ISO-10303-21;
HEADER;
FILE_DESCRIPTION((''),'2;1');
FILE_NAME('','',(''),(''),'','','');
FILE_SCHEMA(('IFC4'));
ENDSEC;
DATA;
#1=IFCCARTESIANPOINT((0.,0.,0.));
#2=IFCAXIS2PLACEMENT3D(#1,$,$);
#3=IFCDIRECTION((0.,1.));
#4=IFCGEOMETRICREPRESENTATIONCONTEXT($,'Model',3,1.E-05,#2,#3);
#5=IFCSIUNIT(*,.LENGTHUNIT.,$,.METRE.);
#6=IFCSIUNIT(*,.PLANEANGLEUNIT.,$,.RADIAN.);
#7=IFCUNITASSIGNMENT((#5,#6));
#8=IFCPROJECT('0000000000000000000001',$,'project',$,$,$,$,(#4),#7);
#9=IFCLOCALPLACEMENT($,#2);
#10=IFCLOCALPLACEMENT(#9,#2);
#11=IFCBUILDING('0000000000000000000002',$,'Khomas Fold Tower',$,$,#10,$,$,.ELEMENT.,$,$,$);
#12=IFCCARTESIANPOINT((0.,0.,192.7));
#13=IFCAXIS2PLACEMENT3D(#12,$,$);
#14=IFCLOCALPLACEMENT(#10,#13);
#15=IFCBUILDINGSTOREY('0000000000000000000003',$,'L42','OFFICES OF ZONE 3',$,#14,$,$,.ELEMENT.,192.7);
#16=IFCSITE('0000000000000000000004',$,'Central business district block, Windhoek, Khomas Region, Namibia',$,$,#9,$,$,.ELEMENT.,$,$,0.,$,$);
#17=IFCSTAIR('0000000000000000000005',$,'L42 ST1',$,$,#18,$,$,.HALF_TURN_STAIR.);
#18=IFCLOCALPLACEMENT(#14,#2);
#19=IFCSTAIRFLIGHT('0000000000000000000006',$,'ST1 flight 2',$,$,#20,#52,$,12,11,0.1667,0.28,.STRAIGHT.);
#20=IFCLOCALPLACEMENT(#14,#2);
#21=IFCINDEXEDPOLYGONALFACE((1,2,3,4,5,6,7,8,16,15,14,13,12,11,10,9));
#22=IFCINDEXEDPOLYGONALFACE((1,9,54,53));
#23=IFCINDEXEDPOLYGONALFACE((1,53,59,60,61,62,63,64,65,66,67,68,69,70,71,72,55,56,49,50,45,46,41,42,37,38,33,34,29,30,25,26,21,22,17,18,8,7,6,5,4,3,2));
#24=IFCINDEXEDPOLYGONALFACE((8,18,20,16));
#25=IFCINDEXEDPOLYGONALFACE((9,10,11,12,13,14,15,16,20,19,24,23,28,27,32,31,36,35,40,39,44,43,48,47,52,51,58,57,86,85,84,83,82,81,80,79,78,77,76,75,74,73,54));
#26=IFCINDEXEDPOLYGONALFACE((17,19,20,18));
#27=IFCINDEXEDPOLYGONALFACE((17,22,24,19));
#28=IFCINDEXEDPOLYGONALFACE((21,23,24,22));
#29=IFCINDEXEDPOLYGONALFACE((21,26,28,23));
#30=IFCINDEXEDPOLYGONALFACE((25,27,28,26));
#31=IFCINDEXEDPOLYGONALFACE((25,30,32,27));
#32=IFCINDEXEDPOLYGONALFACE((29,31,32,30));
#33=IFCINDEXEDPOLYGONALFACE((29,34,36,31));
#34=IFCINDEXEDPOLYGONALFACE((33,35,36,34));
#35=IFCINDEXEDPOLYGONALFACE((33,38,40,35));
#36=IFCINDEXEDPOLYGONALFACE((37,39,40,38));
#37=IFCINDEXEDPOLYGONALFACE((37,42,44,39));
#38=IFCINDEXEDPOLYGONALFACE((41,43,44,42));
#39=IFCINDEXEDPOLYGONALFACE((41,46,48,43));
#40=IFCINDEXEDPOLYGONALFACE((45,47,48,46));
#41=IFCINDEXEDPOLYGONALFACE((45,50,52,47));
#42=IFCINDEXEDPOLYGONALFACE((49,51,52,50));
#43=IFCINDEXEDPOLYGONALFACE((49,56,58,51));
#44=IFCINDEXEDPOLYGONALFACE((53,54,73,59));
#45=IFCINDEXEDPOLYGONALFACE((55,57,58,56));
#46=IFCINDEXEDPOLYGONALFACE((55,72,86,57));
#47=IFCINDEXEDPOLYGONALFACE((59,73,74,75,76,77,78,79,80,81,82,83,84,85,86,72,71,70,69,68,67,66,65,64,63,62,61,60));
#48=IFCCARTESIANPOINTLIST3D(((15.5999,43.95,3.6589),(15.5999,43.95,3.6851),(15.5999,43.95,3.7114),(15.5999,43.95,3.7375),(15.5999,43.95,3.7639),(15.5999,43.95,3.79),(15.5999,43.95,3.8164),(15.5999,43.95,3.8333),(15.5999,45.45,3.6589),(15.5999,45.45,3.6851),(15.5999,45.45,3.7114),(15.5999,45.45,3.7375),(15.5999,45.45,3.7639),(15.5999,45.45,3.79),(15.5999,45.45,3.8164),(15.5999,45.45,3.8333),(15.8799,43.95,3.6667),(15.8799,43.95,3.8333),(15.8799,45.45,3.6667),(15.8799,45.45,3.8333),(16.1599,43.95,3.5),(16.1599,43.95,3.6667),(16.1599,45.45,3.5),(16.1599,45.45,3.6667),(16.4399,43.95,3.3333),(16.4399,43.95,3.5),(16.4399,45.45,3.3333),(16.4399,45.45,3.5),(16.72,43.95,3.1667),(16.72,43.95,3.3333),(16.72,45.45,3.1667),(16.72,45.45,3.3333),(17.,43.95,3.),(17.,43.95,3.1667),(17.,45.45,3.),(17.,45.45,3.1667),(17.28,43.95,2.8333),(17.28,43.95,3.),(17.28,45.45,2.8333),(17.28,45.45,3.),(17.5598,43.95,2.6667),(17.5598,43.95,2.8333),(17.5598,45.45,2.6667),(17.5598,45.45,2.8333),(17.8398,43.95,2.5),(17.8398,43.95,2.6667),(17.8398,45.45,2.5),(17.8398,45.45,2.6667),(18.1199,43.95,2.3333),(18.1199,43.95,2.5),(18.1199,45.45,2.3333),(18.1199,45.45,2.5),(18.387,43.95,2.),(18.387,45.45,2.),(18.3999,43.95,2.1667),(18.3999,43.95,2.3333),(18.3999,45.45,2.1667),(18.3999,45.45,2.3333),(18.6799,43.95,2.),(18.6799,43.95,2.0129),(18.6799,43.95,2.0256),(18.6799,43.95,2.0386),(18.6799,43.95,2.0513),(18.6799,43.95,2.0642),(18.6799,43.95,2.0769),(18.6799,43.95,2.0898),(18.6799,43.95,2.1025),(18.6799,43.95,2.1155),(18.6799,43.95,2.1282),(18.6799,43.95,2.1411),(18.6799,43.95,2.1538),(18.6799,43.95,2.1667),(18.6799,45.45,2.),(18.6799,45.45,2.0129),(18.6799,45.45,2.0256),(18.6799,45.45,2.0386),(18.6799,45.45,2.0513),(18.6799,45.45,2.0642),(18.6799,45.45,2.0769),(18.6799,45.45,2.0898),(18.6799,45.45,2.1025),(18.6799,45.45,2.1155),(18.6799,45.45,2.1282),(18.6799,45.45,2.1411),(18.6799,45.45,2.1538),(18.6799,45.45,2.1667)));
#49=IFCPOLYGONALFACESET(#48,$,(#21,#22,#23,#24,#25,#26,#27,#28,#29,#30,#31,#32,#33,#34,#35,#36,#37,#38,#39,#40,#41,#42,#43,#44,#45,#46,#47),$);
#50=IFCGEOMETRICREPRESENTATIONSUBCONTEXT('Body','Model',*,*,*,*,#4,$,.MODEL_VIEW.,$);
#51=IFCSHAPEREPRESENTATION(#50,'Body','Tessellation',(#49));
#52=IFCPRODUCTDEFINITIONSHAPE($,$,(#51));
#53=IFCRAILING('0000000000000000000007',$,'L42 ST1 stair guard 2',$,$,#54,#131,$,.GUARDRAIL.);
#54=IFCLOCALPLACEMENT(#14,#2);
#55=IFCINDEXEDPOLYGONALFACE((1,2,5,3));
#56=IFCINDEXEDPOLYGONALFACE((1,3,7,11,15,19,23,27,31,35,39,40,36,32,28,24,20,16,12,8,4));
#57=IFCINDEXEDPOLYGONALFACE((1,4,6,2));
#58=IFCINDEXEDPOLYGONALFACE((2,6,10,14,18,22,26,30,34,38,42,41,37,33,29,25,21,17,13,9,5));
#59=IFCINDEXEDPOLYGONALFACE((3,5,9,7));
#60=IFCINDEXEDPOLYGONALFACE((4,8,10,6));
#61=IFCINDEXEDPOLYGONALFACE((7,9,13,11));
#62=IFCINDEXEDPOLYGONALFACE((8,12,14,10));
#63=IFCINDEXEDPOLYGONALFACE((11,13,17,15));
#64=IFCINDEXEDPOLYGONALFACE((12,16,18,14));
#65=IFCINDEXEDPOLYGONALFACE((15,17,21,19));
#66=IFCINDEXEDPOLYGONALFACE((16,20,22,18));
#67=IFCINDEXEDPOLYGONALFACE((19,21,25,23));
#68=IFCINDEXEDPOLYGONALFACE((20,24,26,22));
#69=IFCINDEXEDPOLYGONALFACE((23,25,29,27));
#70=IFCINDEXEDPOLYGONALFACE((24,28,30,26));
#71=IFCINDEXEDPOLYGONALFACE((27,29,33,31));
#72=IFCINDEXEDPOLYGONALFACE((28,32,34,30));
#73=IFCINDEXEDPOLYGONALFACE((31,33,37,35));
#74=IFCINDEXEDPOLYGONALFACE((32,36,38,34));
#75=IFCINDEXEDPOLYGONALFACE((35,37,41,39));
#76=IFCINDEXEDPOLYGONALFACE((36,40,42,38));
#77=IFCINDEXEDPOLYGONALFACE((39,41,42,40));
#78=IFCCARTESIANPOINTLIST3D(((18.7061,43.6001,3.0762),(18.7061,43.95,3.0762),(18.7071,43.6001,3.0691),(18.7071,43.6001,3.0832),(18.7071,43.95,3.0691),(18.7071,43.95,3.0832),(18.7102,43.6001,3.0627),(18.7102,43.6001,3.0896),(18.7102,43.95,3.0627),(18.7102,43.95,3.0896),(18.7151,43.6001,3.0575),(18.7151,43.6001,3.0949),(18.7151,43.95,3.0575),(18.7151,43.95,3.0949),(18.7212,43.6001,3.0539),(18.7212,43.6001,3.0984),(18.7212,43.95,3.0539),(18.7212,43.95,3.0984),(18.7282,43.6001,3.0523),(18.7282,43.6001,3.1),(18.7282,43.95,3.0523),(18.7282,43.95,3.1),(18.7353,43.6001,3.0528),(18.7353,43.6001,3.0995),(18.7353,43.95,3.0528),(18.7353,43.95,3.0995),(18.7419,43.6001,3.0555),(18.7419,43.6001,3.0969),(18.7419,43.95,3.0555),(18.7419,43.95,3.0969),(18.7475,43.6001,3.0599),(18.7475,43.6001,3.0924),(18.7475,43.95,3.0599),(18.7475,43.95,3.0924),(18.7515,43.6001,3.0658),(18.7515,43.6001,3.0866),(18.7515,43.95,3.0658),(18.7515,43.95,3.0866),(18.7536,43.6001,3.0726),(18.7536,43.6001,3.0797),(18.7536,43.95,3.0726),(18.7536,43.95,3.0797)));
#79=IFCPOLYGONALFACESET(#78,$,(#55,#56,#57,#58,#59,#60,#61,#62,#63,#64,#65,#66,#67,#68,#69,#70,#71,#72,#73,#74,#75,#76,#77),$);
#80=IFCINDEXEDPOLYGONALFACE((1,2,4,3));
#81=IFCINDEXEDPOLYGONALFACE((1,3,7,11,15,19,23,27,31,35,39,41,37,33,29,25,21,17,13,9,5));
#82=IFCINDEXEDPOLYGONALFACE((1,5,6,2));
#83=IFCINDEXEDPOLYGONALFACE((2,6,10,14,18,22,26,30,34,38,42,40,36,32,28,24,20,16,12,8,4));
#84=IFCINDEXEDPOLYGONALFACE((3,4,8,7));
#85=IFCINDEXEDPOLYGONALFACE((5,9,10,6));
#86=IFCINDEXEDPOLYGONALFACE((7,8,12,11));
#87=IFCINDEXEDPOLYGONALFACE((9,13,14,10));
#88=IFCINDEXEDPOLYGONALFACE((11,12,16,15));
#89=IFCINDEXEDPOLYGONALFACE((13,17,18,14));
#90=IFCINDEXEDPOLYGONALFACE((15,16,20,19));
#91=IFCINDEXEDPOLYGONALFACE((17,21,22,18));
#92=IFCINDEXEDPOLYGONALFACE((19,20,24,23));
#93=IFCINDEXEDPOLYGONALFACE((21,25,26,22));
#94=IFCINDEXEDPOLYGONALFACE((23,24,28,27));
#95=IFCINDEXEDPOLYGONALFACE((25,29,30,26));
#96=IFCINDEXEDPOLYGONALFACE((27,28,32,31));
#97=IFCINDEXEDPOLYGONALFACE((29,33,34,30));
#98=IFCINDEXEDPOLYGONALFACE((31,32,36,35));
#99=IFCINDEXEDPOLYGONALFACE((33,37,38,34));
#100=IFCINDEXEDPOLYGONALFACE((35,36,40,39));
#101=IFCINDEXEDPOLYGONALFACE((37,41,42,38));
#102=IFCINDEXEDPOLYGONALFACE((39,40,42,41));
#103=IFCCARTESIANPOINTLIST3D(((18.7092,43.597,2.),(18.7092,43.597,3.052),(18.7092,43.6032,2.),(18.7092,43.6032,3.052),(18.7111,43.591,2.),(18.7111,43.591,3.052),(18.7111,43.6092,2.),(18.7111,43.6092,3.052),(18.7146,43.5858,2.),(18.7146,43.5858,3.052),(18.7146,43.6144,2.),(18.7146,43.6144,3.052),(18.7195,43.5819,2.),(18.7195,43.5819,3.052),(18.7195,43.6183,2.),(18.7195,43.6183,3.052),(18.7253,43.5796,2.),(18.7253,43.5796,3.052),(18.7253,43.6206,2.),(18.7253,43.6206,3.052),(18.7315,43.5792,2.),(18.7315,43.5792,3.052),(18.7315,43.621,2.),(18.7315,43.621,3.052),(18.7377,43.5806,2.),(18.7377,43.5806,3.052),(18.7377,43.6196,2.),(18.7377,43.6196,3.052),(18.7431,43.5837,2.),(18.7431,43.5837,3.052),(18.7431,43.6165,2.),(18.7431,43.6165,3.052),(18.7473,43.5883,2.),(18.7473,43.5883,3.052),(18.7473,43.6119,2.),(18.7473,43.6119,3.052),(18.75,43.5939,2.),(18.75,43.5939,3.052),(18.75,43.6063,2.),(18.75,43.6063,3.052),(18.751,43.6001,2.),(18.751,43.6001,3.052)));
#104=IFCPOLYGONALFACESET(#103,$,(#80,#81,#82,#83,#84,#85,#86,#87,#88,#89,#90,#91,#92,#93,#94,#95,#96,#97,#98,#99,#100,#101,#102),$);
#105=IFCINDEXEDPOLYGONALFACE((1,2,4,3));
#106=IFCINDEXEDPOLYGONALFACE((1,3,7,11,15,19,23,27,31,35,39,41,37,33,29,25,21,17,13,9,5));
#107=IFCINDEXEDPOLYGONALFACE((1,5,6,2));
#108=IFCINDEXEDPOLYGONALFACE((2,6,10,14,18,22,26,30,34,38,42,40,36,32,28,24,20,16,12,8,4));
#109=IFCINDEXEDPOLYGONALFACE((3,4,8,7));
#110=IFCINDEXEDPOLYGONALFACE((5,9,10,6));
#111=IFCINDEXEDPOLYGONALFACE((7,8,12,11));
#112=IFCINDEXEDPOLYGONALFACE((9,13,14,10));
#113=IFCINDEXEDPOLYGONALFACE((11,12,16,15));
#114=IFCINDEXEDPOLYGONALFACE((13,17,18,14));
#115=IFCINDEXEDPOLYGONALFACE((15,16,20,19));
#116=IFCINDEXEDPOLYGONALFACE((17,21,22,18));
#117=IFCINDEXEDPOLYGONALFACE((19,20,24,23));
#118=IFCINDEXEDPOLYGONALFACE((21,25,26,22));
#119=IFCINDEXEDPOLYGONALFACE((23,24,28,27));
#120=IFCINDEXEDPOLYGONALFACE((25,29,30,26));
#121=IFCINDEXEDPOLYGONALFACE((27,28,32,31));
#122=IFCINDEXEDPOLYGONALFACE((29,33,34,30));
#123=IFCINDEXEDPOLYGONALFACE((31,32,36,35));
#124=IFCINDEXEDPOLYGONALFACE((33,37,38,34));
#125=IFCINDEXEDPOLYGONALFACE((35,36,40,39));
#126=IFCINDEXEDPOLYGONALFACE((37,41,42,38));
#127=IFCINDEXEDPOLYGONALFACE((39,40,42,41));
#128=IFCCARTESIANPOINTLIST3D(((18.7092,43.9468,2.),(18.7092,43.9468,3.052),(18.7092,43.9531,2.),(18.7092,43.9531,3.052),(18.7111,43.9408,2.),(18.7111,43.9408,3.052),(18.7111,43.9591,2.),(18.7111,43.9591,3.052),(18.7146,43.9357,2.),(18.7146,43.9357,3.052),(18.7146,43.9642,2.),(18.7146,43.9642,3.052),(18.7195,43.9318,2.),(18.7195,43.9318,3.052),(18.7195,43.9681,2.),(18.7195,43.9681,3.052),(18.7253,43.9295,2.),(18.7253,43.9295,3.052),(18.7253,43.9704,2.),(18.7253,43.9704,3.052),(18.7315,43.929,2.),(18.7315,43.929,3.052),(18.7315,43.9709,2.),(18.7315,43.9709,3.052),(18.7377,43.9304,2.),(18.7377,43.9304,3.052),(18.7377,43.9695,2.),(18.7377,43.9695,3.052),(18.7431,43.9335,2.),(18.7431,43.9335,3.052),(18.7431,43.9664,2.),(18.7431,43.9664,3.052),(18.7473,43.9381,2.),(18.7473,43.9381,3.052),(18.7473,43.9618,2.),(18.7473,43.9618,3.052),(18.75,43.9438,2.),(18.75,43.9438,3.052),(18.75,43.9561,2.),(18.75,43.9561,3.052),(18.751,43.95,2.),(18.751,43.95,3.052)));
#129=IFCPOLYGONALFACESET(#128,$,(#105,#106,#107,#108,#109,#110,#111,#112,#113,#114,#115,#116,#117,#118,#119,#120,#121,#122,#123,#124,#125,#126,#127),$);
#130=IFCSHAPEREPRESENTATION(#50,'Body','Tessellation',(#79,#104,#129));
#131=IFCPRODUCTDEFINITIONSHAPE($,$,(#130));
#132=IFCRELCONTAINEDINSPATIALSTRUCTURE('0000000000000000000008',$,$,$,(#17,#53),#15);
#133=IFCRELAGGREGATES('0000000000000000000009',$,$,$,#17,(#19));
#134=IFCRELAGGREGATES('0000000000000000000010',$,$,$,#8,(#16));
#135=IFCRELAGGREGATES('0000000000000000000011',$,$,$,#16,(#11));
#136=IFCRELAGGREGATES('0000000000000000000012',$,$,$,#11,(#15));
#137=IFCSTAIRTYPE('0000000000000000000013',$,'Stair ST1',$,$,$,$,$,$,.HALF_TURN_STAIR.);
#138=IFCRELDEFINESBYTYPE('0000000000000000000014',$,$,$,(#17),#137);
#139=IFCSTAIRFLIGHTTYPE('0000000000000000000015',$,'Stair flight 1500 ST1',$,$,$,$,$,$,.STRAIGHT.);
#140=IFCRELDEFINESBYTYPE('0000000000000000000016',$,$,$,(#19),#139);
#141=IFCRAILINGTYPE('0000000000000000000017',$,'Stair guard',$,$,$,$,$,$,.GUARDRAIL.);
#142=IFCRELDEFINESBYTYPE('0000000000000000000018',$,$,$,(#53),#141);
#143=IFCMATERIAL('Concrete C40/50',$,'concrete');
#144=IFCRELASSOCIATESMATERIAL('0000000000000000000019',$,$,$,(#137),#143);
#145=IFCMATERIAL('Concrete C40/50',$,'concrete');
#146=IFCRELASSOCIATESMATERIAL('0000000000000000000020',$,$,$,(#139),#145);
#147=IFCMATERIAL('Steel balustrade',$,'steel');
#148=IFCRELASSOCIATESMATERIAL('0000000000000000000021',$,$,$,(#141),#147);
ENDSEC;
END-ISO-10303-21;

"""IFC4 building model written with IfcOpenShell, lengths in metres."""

from ifc_helpers import new_model, si_unit, direction, frame, origin, origin_2d, place, context, subcontext, project, spatial, polyline, circle, outline, extrude, source, transform, mapped, material, type_object, element, aggregate, save


model = new_model("IFC4")

# Units and contexts
model_context = context("Model", 3, precision=1e-05, world=origin(), true_north=direction((0.0, 1.0)))
body_context = subcontext(model_context, "Body", "Model", "MODEL_VIEW")
ifc_project = project(units=[si_unit("LENGTHUNIT", "METRE"), si_unit("PLANEANGLEUNIT", "RADIAN")], contexts=[model_context])

# Site, building, storey
site_placement = place(None, origin())
site = spatial("IfcSite", under=ifc_project, at=site_placement, Name="Central business district block, Windhoek, Khomas Region, Namibia", CompositionType="ELEMENT", RefElevation=0.0)
building_placement = place(site_placement, origin())
building = spatial("IfcBuilding", under=site, at=building_placement, Name="Khomas Fold Tower", CompositionType="ELEMENT")
storey_placement = place(building_placement, frame((0.0, 0.0, 192.7)))
storey = spatial("IfcBuildingStorey", under=building, at=storey_placement, Name="L42", Description="OFFICES OF ZONE 3", CompositionType="ELEMENT", Elevation=192.7)

# Stair, stair flight
ifc_material_1 = material(Name="Concrete C40/50", Category="concrete")
stair_type = type_object("IfcStairType", Name="Stair ST1", PredefinedType="HALF_TURN_STAIR", material=ifc_material_1)
stair_placement = place(storey_placement, origin())
stair = element("IfcStair", 1, at=stair_placement, inside=storey, type_object=stair_type, Name="L42 ST1", PredefinedType="HALF_TURN_STAIR")
ifc_material_2 = material(Name="Concrete C40/50", Category="concrete")
stair_flight_type = type_object("IfcStairFlightType", Name="Stair flight 1500 ST1", PredefinedType="STRAIGHT", material=ifc_material_2)
shared_shape_1 = source(origin(), body_context, "Body", "SweptSolid", [
    extrude(outline(polyline([(0.0, 0.0), (0.0, 0.0129), (0.0, 0.0256), (0.0, 0.0386), (0.0, 0.0513), (0.0, 0.0642), (0.0, 0.0769), (0.0, 0.0898), (0.0, 0.1025), (0.0, 0.1155), (0.0, 0.1282), (0.0, 0.1411), (0.0, 0.1538), (0.0, 0.1667), (0.28, 0.1667), (0.28, 0.3333), (0.5601, 0.3333), (0.5601, 0.5), (0.8401, 0.5), (0.8401, 0.6667), (1.1201, 0.6667), (1.1201, 0.8333), (1.3999, 0.8333), (1.3999, 1.0), (1.6799, 1.0), (1.6799, 1.1667), (1.96, 1.1667), (1.96, 1.3333), (2.24, 1.3333), (2.24, 1.5), (2.52, 1.5), (2.52, 1.6667), (2.8, 1.6667), (2.8, 1.8333), (3.0801, 1.8333), (3.0801, 2.0), (3.0801, 1.9739), (3.0801, 1.9475), (3.0801, 1.9214), (3.0801, 1.895), (3.0801, 1.8689), (3.0801, 1.8425), (3.0801, 1.8164), (3.0801, 1.79), (3.0801, 1.7639), (3.0801, 1.7375), (3.0801, 1.7114), (3.0801, 1.6851), (3.0801, 1.6589), (0.293, 0.0), (0.0, 0.0)])), frame((0.0, 0.75, 0.0), z_axis=(0.0, -1.0, 0.0), x_axis=(1.0, 0.0, 0.0)), (0.0, 0.0, 1.0), 1.5),
])
stair_flight_1_placement = place(storey_placement, frame((18.6799, 44.7, 2.0), z_axis=(0.0, 0.0, 1.0), x_axis=(-1.0, 0.0, 0.0)))
stair_flight_1 = element("IfcStairFlight", 2, at=stair_flight_1_placement, type_object=stair_flight_type, Name="ST1 flight 2", NumberOfRisers=12, NumberOfTreads=11, PredefinedType="STRAIGHT", RiserHeight=0.1667, TreadLength=0.28, context=body_context, shape_type="MappedRepresentation", body=[
    mapped(shared_shape_1, transform((0.0, 0.0, 0.0))),
])
aggregate(stair, [stair_flight_1])

# Railing
ifc_material_3 = material(Name="Steel balustrade", Category="steel")
railing_type_1 = type_object("IfcRailingType", Name="Stair guard", PredefinedType="GUARDRAIL", material=ifc_material_3)
shared_shape_2 = source(origin(), body_context, "Body", "SweptSolid", [
    extrude(circle(Radius=0.0239, at=origin_2d()), frame((0.0, 0.0, 1.0762), z_axis=(0.0, 1.0, 0.0), x_axis=(-1.0, 0.0, 0.0)), (0.0, 0.0, 1.0), 0.3499),
    extrude(circle(Radius=0.021, at=origin_2d()), origin(), (0.0, 0.0, 1.0), 1.052),
    extrude(circle(Radius=0.021, at=origin_2d()), frame((0.0, 0.3499, 0.0)), (0.0, 0.0, 1.0), 1.052),
])
for number, where, name in (
    (3, (18.73, 43.6001, 2.0), "L42 ST1 stair guard 2"),
):
    element("IfcRailing", number, at=place(storey_placement, frame(where)), inside=storey, type_object=railing_type_1, Name=name, PredefinedType="GUARDRAIL", context=body_context, shape_type="MappedRepresentation", body=[
        mapped(shared_shape_2, transform((0.0, 0.0, 0.0))),
    ])

save(model, "model.ifc")
